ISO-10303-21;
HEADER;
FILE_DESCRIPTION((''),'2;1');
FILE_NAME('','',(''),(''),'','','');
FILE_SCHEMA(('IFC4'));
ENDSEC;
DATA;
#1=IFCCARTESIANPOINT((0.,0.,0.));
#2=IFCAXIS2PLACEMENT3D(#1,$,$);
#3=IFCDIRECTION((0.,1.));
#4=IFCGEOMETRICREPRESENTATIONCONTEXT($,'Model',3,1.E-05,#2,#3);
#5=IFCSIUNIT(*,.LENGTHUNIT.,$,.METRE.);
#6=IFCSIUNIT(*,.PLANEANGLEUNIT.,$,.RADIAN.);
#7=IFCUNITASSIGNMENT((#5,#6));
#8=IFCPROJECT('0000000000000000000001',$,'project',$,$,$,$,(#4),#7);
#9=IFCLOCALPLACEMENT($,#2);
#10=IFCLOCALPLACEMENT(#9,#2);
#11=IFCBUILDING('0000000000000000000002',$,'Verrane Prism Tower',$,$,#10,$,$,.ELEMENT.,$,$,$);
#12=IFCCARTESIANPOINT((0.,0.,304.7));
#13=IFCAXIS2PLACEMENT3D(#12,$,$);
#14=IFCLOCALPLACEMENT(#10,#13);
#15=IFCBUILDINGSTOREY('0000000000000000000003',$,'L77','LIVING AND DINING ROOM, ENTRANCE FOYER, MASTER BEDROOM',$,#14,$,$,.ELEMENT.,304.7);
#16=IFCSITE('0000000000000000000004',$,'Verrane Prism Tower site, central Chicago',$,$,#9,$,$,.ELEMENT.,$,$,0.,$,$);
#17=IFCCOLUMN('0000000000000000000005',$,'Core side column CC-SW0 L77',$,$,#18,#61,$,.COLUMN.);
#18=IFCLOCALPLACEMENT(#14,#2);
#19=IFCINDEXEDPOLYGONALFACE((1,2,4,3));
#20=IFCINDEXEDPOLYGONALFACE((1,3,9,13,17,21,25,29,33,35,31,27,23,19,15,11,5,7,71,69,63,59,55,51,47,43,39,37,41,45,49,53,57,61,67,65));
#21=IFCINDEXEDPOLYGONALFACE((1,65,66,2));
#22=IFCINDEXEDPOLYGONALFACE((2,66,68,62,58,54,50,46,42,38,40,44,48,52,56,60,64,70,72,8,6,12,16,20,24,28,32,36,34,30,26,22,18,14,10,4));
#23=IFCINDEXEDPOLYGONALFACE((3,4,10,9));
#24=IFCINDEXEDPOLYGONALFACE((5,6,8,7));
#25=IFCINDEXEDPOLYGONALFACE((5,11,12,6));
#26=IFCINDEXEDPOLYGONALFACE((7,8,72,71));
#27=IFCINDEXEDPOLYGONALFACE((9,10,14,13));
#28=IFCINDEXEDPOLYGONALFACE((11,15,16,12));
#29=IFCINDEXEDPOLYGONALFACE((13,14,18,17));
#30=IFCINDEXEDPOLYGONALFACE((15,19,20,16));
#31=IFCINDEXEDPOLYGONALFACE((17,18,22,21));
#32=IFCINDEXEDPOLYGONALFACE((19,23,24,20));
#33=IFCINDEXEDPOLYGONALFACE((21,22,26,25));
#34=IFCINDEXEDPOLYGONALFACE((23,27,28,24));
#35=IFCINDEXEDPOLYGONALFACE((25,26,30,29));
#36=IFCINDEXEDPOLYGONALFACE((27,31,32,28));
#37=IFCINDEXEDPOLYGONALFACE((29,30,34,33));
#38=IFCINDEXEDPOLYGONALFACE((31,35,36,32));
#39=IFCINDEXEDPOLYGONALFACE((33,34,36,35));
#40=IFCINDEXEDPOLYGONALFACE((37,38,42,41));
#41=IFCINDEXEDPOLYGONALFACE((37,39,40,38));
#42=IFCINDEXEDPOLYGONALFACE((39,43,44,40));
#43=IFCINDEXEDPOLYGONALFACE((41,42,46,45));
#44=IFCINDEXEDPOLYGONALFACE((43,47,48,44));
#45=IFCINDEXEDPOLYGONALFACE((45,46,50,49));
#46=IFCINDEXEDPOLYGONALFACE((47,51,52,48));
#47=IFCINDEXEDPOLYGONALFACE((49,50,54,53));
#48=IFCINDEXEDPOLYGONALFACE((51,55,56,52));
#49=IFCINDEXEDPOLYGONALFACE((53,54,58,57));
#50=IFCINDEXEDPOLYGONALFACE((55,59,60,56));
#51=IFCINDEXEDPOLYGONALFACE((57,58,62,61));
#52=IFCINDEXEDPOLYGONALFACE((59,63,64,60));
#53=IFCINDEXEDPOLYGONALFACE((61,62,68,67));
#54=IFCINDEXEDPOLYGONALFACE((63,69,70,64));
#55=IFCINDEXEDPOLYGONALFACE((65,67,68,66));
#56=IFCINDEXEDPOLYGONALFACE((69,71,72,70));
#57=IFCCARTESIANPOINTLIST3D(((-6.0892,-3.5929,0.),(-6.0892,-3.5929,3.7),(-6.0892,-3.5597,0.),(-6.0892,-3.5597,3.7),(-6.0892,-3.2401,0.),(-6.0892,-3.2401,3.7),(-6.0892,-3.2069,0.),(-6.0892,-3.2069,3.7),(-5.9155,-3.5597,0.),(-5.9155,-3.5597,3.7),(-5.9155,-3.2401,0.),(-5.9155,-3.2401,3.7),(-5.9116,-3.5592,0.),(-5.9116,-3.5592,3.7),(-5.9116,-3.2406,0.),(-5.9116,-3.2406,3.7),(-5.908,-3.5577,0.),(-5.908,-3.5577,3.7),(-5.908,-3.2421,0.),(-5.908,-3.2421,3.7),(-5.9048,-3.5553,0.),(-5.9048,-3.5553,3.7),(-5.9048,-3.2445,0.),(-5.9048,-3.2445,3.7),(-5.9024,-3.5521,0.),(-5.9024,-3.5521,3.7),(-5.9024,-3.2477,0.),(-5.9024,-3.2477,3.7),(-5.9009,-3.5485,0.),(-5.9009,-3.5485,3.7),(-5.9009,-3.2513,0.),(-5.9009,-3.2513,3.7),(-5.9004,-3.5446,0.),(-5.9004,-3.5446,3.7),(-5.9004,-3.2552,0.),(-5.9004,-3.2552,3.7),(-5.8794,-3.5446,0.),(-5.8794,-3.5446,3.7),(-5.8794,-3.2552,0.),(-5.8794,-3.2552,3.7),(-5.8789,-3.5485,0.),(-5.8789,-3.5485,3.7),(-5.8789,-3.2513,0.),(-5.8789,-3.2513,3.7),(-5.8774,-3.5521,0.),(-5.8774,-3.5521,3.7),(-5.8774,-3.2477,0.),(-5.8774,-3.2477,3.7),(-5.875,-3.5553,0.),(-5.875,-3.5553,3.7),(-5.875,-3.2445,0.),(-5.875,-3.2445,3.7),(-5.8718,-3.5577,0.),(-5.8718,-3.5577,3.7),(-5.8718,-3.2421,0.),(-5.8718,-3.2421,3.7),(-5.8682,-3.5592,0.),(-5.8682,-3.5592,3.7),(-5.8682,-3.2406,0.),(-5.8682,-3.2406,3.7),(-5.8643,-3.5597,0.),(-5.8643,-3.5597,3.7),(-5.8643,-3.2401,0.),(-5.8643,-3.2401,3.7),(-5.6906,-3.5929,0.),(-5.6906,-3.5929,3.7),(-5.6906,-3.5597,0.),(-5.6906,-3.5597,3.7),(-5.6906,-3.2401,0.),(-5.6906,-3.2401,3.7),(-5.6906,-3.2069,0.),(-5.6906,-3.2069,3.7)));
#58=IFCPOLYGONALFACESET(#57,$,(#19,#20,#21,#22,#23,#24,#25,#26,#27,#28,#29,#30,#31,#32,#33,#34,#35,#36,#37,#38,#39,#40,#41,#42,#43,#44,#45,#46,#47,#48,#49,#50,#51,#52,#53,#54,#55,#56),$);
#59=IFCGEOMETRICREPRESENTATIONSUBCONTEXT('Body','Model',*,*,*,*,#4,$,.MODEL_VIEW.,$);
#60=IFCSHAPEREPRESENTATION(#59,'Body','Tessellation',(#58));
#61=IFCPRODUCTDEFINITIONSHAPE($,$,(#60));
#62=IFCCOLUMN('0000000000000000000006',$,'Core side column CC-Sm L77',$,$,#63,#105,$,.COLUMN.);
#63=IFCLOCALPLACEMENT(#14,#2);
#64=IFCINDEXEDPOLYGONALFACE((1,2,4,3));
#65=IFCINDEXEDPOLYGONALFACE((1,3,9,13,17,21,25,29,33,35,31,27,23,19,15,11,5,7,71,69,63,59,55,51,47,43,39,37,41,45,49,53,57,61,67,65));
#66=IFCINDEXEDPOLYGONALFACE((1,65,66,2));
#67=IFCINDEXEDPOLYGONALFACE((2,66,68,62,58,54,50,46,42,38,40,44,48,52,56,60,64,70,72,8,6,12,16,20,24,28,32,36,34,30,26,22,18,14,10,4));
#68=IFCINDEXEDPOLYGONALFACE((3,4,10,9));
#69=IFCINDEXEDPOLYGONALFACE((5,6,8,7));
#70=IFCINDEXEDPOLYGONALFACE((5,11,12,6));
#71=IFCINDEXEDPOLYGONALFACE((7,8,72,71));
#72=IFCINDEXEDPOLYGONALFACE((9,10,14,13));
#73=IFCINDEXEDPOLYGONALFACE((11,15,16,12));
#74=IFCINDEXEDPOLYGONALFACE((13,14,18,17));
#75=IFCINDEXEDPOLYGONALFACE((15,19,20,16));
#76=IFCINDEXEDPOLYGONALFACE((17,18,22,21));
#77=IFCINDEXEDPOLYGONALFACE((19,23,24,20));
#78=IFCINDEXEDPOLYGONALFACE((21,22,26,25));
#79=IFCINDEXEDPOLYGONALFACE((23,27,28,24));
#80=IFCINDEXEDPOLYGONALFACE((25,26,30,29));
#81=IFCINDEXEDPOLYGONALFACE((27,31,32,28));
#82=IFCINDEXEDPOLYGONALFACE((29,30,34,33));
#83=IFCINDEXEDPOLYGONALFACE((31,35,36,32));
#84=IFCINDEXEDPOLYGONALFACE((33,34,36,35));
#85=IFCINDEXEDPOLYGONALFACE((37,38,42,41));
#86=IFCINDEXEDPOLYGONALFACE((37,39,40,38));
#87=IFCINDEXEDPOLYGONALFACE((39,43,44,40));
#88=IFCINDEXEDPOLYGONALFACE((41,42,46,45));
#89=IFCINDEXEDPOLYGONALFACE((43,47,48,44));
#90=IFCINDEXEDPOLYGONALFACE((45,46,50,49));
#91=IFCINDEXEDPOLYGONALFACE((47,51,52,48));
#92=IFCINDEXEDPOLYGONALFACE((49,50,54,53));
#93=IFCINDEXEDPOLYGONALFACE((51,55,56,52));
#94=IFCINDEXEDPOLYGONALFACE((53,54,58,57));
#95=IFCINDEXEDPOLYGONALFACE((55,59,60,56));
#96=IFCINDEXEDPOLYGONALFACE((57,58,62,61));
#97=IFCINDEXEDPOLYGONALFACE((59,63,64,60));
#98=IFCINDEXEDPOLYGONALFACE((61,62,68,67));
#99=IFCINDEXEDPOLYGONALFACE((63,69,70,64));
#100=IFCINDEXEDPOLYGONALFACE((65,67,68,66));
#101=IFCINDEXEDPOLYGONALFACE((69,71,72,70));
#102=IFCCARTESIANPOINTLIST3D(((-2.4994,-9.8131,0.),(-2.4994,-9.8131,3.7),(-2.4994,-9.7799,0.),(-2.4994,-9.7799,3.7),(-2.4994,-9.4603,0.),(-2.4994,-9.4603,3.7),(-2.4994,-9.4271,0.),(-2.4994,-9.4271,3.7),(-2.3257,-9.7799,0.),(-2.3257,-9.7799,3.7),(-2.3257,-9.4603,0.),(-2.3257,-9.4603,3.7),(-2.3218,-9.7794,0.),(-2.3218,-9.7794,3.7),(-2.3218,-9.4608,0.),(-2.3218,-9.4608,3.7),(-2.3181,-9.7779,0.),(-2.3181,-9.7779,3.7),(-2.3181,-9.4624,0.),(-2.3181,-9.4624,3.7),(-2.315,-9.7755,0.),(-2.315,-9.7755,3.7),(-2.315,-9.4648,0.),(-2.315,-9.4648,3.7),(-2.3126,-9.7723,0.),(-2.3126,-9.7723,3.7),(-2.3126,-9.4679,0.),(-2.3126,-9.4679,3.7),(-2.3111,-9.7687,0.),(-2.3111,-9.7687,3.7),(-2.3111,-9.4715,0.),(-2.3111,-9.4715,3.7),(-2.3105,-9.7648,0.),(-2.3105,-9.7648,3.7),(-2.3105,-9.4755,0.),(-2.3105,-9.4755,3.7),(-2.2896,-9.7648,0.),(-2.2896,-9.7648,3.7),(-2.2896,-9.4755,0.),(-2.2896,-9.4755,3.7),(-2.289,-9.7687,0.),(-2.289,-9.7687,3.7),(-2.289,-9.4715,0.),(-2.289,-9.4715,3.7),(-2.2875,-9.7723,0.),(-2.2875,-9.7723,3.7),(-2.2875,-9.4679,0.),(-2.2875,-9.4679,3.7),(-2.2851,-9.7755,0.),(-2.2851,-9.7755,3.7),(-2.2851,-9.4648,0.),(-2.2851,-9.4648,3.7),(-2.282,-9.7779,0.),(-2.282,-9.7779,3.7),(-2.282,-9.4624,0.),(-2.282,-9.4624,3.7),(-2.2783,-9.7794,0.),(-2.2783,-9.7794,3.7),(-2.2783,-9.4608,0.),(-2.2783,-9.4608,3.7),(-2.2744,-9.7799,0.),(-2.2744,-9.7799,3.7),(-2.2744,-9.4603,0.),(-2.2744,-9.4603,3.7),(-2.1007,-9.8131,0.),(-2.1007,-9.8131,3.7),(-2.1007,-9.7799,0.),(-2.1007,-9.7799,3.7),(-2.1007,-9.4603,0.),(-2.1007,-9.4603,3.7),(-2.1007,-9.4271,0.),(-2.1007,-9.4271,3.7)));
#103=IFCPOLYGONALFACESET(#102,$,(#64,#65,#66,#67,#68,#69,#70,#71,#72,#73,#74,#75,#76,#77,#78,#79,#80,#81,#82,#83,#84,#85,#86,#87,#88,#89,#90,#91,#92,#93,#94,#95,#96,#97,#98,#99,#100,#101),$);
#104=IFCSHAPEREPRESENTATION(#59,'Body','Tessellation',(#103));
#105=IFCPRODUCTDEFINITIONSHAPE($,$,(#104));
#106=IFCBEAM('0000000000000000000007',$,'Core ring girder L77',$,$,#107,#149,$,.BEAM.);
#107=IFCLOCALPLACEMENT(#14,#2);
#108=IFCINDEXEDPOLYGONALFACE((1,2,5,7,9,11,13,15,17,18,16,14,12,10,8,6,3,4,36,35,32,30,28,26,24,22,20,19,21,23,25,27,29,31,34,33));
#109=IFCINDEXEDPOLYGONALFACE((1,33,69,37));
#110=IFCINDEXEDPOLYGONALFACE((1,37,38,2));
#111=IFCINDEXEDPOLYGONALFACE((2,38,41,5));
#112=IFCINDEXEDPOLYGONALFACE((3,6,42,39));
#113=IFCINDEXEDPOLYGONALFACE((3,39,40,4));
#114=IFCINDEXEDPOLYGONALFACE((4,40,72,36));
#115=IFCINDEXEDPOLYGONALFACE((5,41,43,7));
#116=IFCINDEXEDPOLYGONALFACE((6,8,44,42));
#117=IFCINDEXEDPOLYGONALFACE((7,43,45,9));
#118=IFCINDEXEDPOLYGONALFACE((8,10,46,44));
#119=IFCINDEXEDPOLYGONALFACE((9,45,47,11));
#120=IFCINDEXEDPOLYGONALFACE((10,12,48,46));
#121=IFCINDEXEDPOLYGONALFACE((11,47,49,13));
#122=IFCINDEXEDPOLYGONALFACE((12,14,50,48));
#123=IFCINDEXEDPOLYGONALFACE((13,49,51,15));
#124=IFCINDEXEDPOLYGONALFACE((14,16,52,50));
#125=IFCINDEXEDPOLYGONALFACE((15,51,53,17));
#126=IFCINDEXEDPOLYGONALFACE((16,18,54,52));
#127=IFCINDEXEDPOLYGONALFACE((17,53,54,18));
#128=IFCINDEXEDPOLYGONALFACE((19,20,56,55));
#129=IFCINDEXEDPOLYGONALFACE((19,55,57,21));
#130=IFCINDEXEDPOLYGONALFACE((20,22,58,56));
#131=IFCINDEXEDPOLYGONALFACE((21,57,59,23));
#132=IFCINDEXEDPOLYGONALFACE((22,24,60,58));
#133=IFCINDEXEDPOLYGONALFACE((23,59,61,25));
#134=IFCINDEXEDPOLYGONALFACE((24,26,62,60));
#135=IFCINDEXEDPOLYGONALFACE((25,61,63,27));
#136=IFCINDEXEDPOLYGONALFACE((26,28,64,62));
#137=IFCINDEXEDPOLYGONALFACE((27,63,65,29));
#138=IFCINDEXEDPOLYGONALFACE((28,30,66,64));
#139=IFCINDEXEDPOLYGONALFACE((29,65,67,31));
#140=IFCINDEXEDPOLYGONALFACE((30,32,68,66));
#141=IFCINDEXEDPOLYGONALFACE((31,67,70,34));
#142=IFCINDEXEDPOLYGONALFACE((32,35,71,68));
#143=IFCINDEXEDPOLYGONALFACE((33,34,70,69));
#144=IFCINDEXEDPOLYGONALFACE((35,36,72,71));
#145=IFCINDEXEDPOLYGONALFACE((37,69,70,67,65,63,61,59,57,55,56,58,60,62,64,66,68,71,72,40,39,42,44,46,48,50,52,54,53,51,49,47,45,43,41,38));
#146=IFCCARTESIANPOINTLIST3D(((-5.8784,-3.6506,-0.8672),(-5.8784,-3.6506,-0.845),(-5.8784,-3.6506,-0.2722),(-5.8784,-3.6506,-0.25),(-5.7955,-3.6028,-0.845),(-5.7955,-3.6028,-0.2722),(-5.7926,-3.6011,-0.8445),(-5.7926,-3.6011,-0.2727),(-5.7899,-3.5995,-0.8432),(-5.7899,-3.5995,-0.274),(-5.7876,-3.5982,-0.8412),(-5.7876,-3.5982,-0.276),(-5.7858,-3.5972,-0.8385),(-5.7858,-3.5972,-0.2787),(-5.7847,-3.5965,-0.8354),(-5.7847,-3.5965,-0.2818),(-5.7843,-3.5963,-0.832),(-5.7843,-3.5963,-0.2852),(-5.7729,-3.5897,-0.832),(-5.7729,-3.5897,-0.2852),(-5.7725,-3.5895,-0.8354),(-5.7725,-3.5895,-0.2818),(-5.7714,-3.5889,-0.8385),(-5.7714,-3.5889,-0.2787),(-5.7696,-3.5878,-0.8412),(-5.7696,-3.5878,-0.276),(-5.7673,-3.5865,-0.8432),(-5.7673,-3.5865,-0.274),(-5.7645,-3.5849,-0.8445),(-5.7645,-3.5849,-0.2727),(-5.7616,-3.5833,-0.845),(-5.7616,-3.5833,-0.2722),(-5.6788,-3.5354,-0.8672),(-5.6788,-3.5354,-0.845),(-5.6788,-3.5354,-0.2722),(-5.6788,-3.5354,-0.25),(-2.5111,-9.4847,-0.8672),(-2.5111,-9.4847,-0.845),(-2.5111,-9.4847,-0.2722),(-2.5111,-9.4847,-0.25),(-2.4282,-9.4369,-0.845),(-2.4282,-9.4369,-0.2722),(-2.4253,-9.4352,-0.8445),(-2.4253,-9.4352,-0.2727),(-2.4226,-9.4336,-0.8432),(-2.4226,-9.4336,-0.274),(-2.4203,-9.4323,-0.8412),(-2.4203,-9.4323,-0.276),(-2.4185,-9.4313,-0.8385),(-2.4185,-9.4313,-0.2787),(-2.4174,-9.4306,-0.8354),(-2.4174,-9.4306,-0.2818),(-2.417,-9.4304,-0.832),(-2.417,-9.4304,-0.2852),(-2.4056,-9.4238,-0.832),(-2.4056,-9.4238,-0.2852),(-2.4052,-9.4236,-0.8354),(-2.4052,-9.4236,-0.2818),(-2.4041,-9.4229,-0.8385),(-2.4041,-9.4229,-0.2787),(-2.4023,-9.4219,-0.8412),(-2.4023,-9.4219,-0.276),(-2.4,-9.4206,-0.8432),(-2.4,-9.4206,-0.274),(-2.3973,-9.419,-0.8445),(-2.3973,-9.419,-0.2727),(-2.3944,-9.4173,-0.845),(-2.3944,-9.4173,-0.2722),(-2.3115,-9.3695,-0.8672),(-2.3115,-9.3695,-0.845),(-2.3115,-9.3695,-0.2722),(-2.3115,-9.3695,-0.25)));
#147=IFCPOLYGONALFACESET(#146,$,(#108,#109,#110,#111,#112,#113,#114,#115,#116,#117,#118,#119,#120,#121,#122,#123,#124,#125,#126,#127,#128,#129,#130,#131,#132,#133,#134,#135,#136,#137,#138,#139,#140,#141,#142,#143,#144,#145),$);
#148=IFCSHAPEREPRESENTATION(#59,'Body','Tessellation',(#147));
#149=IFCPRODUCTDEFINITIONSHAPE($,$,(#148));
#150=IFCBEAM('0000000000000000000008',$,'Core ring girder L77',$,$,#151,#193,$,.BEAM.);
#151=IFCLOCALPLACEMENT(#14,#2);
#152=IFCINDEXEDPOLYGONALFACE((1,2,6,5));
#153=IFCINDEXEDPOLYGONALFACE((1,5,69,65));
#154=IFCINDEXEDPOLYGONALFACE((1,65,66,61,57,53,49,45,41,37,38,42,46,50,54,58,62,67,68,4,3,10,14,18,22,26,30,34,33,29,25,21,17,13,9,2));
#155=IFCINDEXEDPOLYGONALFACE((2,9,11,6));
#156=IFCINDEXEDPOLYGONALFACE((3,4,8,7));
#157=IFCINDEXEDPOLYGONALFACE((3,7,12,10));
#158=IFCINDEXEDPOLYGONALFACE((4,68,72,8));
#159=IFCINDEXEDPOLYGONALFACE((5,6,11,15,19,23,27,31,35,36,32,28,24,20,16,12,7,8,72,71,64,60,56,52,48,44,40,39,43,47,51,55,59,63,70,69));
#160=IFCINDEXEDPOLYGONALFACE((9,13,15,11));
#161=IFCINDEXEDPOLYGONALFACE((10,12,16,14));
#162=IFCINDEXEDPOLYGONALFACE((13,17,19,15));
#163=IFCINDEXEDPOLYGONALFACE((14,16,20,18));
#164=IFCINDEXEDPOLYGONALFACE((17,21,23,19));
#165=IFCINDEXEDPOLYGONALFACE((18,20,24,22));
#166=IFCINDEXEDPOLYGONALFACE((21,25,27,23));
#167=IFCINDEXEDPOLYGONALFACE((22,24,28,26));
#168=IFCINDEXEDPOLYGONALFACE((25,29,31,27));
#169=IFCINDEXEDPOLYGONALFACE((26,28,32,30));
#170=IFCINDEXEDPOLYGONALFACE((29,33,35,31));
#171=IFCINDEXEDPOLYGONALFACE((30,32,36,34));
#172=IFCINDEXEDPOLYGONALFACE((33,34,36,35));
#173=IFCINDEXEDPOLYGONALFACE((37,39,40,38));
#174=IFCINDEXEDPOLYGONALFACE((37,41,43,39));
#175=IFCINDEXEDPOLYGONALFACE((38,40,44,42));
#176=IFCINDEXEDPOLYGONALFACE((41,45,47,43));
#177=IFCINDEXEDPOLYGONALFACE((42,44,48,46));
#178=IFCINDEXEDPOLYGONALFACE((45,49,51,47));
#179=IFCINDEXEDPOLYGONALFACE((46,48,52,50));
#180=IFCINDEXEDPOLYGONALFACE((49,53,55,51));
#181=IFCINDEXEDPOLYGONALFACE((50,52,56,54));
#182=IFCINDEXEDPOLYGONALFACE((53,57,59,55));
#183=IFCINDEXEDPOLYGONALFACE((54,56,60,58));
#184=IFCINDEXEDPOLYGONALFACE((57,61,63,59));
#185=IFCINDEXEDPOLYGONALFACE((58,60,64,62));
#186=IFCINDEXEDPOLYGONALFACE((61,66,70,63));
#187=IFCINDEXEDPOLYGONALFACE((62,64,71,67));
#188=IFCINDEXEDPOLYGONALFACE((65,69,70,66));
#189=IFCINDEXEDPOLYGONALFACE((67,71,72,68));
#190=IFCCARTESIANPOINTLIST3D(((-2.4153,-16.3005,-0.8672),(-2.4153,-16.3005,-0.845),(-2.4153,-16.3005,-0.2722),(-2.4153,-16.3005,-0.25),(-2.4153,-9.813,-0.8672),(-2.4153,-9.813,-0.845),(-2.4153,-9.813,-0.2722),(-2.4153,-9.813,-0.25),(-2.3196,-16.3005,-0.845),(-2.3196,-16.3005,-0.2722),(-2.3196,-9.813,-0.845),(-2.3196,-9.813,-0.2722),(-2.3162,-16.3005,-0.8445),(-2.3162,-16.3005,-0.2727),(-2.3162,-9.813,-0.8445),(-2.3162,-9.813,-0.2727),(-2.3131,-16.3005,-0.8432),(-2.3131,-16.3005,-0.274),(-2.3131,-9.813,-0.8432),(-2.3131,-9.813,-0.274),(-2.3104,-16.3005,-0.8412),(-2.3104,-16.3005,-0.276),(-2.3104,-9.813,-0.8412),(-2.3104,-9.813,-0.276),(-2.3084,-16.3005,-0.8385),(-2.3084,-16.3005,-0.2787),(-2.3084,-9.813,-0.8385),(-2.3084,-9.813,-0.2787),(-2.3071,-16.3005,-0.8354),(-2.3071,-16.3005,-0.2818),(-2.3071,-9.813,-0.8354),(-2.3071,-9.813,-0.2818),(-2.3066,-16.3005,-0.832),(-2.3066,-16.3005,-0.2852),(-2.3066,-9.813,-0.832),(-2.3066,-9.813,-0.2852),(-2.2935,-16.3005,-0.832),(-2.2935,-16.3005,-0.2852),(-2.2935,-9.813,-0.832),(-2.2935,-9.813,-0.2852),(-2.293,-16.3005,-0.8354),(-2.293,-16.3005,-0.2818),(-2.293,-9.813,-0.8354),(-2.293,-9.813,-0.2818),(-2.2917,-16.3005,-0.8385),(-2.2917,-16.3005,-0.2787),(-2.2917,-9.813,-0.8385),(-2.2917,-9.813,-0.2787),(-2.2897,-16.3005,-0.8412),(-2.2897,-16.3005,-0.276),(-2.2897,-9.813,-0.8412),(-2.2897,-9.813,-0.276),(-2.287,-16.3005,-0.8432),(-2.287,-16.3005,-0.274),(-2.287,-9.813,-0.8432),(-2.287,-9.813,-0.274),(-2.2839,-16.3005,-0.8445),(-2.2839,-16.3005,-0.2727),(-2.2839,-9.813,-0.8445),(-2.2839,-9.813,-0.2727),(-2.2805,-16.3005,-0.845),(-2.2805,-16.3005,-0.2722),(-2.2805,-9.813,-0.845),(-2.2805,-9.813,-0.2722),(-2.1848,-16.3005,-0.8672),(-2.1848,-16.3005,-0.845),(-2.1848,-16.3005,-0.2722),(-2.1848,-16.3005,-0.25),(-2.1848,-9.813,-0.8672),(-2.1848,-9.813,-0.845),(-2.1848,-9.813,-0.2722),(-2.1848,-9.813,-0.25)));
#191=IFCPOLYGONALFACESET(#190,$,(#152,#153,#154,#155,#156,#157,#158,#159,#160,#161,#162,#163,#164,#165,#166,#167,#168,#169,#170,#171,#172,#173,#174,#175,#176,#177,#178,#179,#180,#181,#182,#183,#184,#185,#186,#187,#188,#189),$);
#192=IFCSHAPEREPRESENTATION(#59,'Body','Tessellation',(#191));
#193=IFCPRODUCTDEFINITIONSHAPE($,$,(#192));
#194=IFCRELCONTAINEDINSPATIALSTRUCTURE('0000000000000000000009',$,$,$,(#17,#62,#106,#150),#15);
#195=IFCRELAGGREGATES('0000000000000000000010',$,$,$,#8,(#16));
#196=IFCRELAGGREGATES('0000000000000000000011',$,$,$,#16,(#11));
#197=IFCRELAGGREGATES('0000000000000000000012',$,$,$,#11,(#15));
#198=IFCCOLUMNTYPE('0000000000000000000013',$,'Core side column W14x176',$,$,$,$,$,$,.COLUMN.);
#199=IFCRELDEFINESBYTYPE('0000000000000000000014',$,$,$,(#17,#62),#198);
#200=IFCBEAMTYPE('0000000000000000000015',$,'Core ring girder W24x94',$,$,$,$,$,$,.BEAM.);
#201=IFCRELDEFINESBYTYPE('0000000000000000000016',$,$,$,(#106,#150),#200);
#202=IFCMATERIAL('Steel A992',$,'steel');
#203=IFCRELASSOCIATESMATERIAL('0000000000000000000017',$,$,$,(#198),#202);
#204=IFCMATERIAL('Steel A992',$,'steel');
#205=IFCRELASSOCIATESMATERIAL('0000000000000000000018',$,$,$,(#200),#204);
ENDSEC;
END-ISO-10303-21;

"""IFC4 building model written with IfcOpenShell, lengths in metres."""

from ifc_helpers import new_model, si_unit, direction, frame, origin, origin_2d, place, context, subcontext, project, spatial, i_section, extrude, material, material_profile, profile_set, type_object, element, save


model = new_model("IFC4")

# Units and contexts
model_context = context("Model", 3, precision=1e-05, world=origin(), true_north=direction((0.0, 1.0)))
body_context = subcontext(model_context, "Body", "Model", "MODEL_VIEW")
ifc_project = project(units=[si_unit("LENGTHUNIT", "METRE"), si_unit("PLANEANGLEUNIT", "RADIAN")], contexts=[model_context])

# Site, building, storey
site_placement = place(None, origin())
site = spatial("IfcSite", under=ifc_project, at=site_placement, Name="Verrane Prism Tower site, central Chicago", CompositionType="ELEMENT", RefElevation=0.0)
building_placement = place(site_placement, origin())
building = spatial("IfcBuilding", under=site, at=building_placement, Name="Verrane Prism Tower", CompositionType="ELEMENT")
storey_placement = place(building_placement, frame((0.0, 0.0, 304.7)))
storey = spatial("IfcBuildingStorey", under=building, at=storey_placement, Name="L77", Description="LIVING AND DINING ROOM, ENTRANCE FOYER, MASTER BEDROOM", CompositionType="ELEMENT", Elevation=304.7)

# Columns
ifc_material_1 = material(Name="Steel A992", Category="steel")
ifc_material_profile_1 = material_profile(ifc_material_1, i_section(OverallWidth=0.3987, OverallDepth=0.386, WebThickness=0.021, FlangeThickness=0.0332, FilletRadius=0.0151, at=origin_2d()), Name="W14x176")
ifc_profile_set_1 = profile_set([ifc_material_profile_1], Name="Steel A992")
column_type = type_object("IfcColumnType", Name="Core side column W14x176", PredefinedType="COLUMN", material=ifc_profile_set_1)
for number, where, z_axis, x_axis, name in (
    (1, (-5.8899, -3.3999, 0.0), (0.0, 0.0, 1.0), (1.0, 0.0, 0.0), "Core side column CC-SW0 L77"),
    (2, (-2.3, -9.6201, 0.0), (0.0, 0.0, 1.0), (1.0, 0.0, 0.0), "Core side column CC-Sm L77"),
):
    element("IfcColumn", number, at=place(storey_placement, frame(where, z_axis=z_axis, x_axis=x_axis)), inside=storey, type_object=column_type, Name=name, PredefinedType="COLUMN", context=body_context, shape_type="SweptSolid", body=[
        extrude(i_section(OverallWidth=0.3987, OverallDepth=0.386, WebThickness=0.021, FlangeThickness=0.0332, FilletRadius=0.0151, at=origin_2d()), origin(), (0.0, 0.0, 1.0), 3.7),
    ])

# Beams
ifc_material_2 = material(Name="Steel A992", Category="steel")
ifc_material_profile_2 = material_profile(ifc_material_2, i_section(OverallWidth=0.2305, OverallDepth=0.6172, WebThickness=0.0132, FlangeThickness=0.0222, FilletRadius=0.0129, at=origin_2d()), Name="W24x94")
ifc_profile_set_2 = profile_set([ifc_material_profile_2], Name="Steel A992")
beam_type = type_object("IfcBeamType", Name="Core ring girder W24x94", PredefinedType="BEAM", material=ifc_profile_set_2)
beam_1_placement = place(storey_placement, frame((-5.7786, -3.593, -0.5586), z_axis=(0.499881, -0.866094, 0.0), x_axis=(0.866094, 0.499881, 0.0)))
element("IfcBeam", 3, at=beam_1_placement, inside=storey, type_object=beam_type, Name="Core ring girder L77", PredefinedType="BEAM", context=body_context, shape_type="SweptSolid", body=[
    extrude(i_section(OverallWidth=0.2305, OverallDepth=0.6172, WebThickness=0.0132, FlangeThickness=0.0222, FilletRadius=0.0129, at=origin_2d()), origin(), (0.0, 0.0, 1.0), 6.7361),
])
beam_2_placement = place(storey_placement, frame((-2.3, -9.813, -0.5586), z_axis=(0.0, -1.0, 0.0), x_axis=(1.0, 0.0, 0.0)))
element("IfcBeam", 4, at=beam_2_placement, inside=storey, type_object=beam_type, Name="Core ring girder L77", PredefinedType="BEAM", context=body_context, shape_type="SweptSolid", body=[
    extrude(i_section(OverallWidth=0.2305, OverallDepth=0.6172, WebThickness=0.0132, FlangeThickness=0.0222, FilletRadius=0.0129, at=origin_2d()), origin(), (0.0, 0.0, 1.0), 6.4875),
])

save(model, "model.ifc")
